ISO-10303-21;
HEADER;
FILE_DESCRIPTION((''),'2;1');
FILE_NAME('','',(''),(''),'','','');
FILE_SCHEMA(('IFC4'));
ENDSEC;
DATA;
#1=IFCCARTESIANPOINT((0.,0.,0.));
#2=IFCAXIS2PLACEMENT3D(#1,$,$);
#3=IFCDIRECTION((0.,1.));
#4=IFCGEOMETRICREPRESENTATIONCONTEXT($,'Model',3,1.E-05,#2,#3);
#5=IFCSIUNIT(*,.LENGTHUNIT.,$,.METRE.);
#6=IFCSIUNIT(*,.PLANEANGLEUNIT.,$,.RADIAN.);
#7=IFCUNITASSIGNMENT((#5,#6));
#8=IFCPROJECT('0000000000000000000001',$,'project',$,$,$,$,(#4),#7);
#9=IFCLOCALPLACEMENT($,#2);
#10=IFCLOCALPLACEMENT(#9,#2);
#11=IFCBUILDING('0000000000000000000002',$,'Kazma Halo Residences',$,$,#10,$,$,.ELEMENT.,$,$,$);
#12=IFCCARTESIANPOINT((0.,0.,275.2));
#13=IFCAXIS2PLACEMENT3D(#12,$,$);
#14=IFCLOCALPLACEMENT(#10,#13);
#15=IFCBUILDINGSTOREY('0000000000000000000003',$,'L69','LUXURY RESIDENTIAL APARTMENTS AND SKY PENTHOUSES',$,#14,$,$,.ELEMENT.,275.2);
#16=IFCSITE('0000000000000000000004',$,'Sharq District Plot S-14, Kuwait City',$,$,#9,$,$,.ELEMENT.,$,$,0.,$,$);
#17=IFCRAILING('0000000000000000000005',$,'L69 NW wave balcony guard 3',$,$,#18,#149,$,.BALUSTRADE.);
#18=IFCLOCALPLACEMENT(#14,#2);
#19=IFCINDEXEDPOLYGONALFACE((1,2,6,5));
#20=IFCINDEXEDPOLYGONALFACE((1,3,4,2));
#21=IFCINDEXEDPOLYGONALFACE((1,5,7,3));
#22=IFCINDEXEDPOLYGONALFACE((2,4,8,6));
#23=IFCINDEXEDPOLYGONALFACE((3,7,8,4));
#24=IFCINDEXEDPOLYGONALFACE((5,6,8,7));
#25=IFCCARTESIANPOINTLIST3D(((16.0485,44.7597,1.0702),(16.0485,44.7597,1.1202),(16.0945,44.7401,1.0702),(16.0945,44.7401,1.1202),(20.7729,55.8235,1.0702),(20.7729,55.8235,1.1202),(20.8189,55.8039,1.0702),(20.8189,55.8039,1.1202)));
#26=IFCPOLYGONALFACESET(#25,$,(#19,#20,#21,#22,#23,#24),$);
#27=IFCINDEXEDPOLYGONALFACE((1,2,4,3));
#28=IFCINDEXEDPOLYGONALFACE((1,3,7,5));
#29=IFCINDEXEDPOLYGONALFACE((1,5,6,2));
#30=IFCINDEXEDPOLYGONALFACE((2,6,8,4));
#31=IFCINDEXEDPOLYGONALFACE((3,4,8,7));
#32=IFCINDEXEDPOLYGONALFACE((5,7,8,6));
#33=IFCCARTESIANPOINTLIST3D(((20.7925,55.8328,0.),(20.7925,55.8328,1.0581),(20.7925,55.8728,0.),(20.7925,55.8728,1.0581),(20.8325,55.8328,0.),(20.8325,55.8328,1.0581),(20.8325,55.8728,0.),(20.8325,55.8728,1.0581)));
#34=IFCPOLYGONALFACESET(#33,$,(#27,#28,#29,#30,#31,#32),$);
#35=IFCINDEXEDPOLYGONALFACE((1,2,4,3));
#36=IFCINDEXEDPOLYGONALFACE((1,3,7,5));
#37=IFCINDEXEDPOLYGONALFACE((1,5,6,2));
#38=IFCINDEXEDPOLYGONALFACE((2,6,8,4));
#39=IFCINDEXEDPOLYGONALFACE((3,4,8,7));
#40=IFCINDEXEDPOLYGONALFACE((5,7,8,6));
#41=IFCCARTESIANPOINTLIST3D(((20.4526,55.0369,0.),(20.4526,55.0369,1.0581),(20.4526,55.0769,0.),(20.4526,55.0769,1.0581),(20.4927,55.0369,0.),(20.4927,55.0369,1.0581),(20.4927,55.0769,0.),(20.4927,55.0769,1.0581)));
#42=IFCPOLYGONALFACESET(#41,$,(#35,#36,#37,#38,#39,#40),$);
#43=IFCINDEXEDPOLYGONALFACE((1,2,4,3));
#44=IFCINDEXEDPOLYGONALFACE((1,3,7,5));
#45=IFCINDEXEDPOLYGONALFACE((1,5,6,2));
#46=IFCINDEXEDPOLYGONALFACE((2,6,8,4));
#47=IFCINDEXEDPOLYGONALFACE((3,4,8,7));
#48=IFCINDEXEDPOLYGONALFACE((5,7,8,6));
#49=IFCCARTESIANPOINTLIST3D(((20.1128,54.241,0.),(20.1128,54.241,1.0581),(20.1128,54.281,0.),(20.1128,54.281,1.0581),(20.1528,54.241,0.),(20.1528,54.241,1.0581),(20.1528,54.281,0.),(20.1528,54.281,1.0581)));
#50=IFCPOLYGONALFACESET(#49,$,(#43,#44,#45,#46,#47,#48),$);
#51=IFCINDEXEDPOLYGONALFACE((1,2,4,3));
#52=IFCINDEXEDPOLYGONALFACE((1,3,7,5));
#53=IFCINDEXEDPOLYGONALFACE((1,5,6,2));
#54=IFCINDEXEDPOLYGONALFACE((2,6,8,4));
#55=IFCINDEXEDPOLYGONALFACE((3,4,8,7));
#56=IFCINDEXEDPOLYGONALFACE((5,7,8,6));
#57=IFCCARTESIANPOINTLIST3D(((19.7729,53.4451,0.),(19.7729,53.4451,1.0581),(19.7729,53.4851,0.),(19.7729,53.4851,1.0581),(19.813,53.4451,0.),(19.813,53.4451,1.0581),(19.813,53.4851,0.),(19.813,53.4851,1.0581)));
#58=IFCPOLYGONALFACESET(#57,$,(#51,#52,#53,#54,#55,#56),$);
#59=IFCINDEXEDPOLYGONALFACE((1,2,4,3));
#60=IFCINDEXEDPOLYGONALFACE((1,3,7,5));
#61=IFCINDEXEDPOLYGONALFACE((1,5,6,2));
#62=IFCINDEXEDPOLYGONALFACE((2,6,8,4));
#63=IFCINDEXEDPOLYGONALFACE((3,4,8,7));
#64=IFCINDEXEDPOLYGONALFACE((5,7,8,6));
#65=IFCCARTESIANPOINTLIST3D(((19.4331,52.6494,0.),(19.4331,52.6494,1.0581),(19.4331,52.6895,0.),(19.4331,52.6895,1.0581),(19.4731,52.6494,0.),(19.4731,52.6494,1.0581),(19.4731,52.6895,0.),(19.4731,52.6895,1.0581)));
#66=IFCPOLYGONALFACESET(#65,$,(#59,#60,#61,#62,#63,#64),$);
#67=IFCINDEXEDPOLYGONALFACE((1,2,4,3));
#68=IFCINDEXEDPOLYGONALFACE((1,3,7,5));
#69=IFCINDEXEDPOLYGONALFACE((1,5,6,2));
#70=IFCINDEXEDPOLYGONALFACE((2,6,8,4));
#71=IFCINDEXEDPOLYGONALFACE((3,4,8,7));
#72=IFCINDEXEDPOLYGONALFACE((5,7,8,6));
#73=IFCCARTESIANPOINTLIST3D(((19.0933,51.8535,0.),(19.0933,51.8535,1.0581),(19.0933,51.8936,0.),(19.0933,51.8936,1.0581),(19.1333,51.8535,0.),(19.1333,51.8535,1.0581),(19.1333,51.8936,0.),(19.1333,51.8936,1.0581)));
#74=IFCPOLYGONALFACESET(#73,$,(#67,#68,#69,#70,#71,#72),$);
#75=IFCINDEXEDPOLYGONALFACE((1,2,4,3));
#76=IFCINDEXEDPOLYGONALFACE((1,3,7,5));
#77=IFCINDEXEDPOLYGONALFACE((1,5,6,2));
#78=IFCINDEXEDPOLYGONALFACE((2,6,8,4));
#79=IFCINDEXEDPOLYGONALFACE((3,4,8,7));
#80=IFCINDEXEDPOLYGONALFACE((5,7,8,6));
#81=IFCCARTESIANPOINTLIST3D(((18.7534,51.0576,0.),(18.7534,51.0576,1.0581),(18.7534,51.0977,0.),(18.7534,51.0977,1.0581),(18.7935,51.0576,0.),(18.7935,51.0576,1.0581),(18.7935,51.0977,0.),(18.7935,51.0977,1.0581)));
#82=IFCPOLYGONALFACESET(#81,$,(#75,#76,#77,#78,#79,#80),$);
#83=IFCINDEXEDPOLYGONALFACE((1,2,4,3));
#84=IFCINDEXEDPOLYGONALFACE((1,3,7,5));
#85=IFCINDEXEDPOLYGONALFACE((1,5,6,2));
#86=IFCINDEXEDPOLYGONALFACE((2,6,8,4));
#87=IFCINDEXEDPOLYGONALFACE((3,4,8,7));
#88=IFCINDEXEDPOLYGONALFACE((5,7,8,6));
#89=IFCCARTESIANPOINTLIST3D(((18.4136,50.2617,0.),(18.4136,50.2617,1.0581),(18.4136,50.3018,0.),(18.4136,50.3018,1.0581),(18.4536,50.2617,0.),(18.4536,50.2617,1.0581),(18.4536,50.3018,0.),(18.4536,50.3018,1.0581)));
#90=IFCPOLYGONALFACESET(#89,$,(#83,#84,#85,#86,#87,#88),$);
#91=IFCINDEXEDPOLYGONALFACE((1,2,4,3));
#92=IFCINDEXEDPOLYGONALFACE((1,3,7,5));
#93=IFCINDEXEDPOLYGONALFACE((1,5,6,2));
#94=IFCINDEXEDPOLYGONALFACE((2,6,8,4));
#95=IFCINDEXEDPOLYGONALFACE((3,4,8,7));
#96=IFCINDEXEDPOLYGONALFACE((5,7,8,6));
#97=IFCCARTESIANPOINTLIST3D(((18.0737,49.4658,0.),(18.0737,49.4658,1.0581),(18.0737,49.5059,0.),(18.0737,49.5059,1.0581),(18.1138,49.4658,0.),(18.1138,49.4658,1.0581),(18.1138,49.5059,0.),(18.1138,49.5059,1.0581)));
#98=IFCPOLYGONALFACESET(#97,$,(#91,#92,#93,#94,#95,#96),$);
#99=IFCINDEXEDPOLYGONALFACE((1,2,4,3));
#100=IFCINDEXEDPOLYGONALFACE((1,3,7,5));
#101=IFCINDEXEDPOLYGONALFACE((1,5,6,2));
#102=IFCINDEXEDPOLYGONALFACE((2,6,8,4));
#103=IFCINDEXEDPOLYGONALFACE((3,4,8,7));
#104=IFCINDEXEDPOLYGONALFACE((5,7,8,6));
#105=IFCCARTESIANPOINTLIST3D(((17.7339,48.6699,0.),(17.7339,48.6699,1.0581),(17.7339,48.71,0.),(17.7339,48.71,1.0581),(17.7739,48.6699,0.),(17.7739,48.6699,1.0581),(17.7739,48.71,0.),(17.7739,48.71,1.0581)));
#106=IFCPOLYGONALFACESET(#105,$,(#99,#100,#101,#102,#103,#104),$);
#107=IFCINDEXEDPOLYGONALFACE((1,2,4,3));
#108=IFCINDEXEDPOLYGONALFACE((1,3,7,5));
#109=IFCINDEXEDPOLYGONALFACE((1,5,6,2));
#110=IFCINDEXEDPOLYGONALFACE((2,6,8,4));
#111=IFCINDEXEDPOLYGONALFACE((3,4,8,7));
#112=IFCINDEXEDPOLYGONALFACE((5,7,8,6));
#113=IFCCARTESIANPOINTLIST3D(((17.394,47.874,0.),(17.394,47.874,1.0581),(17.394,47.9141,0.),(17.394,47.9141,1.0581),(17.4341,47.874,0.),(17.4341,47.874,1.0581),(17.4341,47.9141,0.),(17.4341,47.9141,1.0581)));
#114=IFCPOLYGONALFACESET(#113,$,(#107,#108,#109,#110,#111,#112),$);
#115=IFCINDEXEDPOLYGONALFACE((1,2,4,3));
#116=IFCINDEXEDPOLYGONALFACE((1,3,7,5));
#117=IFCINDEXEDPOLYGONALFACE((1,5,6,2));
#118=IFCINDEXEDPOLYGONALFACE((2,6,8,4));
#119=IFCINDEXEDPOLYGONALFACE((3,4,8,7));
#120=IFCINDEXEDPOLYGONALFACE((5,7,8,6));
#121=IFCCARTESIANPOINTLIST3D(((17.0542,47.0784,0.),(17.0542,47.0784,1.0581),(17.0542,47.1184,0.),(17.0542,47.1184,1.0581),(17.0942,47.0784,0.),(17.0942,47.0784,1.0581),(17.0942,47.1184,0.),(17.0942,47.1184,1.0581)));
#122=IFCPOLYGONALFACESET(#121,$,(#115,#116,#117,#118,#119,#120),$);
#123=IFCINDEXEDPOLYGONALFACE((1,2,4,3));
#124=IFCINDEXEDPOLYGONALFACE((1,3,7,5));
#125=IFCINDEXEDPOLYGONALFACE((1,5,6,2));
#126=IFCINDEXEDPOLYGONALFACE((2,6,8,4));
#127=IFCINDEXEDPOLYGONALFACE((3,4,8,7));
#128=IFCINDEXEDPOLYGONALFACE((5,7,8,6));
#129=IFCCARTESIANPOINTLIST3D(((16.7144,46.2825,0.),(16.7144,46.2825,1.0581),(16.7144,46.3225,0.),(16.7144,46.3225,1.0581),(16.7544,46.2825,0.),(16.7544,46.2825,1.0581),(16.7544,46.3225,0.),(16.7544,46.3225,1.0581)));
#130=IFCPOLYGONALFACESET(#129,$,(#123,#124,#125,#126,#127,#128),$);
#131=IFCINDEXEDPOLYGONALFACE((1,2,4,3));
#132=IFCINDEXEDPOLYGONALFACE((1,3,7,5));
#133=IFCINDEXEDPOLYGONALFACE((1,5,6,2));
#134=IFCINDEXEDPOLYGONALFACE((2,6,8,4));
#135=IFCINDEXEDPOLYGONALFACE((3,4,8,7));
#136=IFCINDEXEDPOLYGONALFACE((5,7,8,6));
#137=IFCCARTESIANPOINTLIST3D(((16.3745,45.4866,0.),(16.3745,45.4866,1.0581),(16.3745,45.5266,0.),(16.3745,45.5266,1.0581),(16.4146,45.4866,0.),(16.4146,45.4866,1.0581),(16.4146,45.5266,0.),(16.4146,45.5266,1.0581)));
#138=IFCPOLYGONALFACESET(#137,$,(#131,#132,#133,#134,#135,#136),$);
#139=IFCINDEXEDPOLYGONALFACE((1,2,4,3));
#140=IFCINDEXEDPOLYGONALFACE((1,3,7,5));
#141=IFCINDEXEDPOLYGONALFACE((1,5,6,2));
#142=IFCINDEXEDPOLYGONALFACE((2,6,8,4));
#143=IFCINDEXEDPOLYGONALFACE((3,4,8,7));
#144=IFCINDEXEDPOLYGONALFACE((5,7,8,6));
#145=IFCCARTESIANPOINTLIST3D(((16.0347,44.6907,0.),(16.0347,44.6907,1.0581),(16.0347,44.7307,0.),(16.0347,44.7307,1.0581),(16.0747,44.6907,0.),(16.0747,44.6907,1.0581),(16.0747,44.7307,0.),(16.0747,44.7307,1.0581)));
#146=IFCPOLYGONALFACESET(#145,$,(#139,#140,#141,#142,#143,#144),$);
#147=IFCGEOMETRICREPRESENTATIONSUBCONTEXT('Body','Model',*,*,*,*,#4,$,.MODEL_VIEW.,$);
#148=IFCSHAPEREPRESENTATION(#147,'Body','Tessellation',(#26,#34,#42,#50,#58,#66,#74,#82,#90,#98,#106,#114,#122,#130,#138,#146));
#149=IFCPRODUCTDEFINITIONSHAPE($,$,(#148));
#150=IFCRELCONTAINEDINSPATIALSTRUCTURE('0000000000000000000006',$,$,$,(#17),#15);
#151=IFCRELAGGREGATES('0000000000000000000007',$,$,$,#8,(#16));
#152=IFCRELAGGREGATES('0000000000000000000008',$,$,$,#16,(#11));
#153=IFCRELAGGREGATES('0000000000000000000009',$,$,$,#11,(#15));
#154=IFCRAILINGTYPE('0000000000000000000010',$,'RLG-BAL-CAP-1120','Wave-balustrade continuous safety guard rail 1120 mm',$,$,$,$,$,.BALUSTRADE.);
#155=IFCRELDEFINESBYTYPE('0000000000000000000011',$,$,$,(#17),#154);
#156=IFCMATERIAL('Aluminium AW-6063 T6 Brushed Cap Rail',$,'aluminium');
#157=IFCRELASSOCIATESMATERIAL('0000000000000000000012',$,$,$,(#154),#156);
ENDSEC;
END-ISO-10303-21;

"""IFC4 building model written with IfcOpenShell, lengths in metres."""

from ifc_helpers import new_model, si_unit, direction, frame, origin, origin_2d, place, context, subcontext, project, spatial, rectangle, extrude, material, type_object, element, save


model = new_model("IFC4")

# Units and contexts
model_context = context("Model", 3, precision=1e-05, world=origin(), true_north=direction((0.0, 1.0)))
body_context = subcontext(model_context, "Body", "Model", "MODEL_VIEW")
ifc_project = project(units=[si_unit("LENGTHUNIT", "METRE"), si_unit("PLANEANGLEUNIT", "RADIAN")], contexts=[model_context])

# Site, building, storey
site_placement = place(None, origin())
site = spatial("IfcSite", under=ifc_project, at=site_placement, Name="Sharq District Plot S-14, Kuwait City", CompositionType="ELEMENT", RefElevation=0.0)
building_placement = place(site_placement, origin())
building = spatial("IfcBuilding", under=site, at=building_placement, Name="Kazma Halo Residences", CompositionType="ELEMENT")
storey_placement = place(building_placement, frame((0.0, 0.0, 275.2)))
storey = spatial("IfcBuildingStorey", under=building, at=storey_placement, Name="L69", Description="LUXURY RESIDENTIAL APARTMENTS AND SKY PENTHOUSES", CompositionType="ELEMENT", Elevation=275.2)

# Railing
ifc_material_1 = material(Name="Aluminium AW-6063 T6 Brushed Cap Rail", Category="aluminium")
railing_type = type_object("IfcRailingType", Name="RLG-BAL-CAP-1120", Description="Wave-balustrade continuous safety guard rail 1120 mm", PredefinedType="BALUSTRADE", material=ifc_material_1)
railing_1_placement = place(storey_placement, frame((20.8125, 55.8528, 0.0)))
element("IfcRailing", 1, at=railing_1_placement, inside=storey, type_object=railing_type, Name="L69 NW wave balcony guard 3", PredefinedType="BALUSTRADE", context=body_context, shape_type="SweptSolid", body=[
    extrude(rectangle(XDim=0.05, YDim=0.05, at=origin_2d()), frame((-0.0166, -0.0391, 1.0952), z_axis=(-0.392708, -0.919663, 0.0), x_axis=(0.919663, -0.392708, 0.0)), (0.0, 0.0, 1.0), 12.0303),
    extrude(rectangle(XDim=0.04, YDim=0.04, at=origin_2d()), origin(), (0.0, 0.0, 1.0), 1.0581),
    extrude(rectangle(XDim=0.04, YDim=0.04, at=origin_2d()), frame((-0.3398, -0.7959, 0.0)), (0.0, 0.0, 1.0), 1.0581),
    extrude(rectangle(XDim=0.04, YDim=0.04, at=origin_2d()), frame((-0.6797, -1.5918, 0.0)), (0.0, 0.0, 1.0), 1.0581),
    extrude(rectangle(XDim=0.04, YDim=0.04, at=origin_2d()), frame((-1.0195, -2.3877, 0.0)), (0.0, 0.0, 1.0), 1.0581),
    extrude(rectangle(XDim=0.04, YDim=0.04, at=origin_2d()), frame((-1.3594, -3.1833, 0.0)), (0.0, 0.0, 1.0), 1.0581),
    extrude(rectangle(XDim=0.04, YDim=0.04, at=origin_2d()), frame((-1.6992, -3.9792, 0.0)), (0.0, 0.0, 1.0), 1.0581),
    extrude(rectangle(XDim=0.04, YDim=0.04, at=origin_2d()), frame((-2.0391, -4.7751, 0.0)), (0.0, 0.0, 1.0), 1.0581),
    extrude(rectangle(XDim=0.04, YDim=0.04, at=origin_2d()), frame((-2.3789, -5.571, 0.0)), (0.0, 0.0, 1.0), 1.0581),
    extrude(rectangle(XDim=0.04, YDim=0.04, at=origin_2d()), frame((-2.7188, -6.3669, 0.0)), (0.0, 0.0, 1.0), 1.0581),
    extrude(rectangle(XDim=0.04, YDim=0.04, at=origin_2d()), frame((-3.0586, -7.1628, 0.0)), (0.0, 0.0, 1.0), 1.0581),
    extrude(rectangle(XDim=0.04, YDim=0.04, at=origin_2d()), frame((-3.3984, -7.9587, 0.0)), (0.0, 0.0, 1.0), 1.0581),
    extrude(rectangle(XDim=0.04, YDim=0.04, at=origin_2d()), frame((-3.7383, -8.7544, 0.0)), (0.0, 0.0, 1.0), 1.0581),
    extrude(rectangle(XDim=0.04, YDim=0.04, at=origin_2d()), frame((-4.0781, -9.5503, 0.0)), (0.0, 0.0, 1.0), 1.0581),
    extrude(rectangle(XDim=0.04, YDim=0.04, at=origin_2d()), frame((-4.418, -10.3462, 0.0)), (0.0, 0.0, 1.0), 1.0581),
    extrude(rectangle(XDim=0.04, YDim=0.04, at=origin_2d()), frame((-4.7578, -11.1421, 0.0)), (0.0, 0.0, 1.0), 1.0581),
])

save(model, "model.ifc")
